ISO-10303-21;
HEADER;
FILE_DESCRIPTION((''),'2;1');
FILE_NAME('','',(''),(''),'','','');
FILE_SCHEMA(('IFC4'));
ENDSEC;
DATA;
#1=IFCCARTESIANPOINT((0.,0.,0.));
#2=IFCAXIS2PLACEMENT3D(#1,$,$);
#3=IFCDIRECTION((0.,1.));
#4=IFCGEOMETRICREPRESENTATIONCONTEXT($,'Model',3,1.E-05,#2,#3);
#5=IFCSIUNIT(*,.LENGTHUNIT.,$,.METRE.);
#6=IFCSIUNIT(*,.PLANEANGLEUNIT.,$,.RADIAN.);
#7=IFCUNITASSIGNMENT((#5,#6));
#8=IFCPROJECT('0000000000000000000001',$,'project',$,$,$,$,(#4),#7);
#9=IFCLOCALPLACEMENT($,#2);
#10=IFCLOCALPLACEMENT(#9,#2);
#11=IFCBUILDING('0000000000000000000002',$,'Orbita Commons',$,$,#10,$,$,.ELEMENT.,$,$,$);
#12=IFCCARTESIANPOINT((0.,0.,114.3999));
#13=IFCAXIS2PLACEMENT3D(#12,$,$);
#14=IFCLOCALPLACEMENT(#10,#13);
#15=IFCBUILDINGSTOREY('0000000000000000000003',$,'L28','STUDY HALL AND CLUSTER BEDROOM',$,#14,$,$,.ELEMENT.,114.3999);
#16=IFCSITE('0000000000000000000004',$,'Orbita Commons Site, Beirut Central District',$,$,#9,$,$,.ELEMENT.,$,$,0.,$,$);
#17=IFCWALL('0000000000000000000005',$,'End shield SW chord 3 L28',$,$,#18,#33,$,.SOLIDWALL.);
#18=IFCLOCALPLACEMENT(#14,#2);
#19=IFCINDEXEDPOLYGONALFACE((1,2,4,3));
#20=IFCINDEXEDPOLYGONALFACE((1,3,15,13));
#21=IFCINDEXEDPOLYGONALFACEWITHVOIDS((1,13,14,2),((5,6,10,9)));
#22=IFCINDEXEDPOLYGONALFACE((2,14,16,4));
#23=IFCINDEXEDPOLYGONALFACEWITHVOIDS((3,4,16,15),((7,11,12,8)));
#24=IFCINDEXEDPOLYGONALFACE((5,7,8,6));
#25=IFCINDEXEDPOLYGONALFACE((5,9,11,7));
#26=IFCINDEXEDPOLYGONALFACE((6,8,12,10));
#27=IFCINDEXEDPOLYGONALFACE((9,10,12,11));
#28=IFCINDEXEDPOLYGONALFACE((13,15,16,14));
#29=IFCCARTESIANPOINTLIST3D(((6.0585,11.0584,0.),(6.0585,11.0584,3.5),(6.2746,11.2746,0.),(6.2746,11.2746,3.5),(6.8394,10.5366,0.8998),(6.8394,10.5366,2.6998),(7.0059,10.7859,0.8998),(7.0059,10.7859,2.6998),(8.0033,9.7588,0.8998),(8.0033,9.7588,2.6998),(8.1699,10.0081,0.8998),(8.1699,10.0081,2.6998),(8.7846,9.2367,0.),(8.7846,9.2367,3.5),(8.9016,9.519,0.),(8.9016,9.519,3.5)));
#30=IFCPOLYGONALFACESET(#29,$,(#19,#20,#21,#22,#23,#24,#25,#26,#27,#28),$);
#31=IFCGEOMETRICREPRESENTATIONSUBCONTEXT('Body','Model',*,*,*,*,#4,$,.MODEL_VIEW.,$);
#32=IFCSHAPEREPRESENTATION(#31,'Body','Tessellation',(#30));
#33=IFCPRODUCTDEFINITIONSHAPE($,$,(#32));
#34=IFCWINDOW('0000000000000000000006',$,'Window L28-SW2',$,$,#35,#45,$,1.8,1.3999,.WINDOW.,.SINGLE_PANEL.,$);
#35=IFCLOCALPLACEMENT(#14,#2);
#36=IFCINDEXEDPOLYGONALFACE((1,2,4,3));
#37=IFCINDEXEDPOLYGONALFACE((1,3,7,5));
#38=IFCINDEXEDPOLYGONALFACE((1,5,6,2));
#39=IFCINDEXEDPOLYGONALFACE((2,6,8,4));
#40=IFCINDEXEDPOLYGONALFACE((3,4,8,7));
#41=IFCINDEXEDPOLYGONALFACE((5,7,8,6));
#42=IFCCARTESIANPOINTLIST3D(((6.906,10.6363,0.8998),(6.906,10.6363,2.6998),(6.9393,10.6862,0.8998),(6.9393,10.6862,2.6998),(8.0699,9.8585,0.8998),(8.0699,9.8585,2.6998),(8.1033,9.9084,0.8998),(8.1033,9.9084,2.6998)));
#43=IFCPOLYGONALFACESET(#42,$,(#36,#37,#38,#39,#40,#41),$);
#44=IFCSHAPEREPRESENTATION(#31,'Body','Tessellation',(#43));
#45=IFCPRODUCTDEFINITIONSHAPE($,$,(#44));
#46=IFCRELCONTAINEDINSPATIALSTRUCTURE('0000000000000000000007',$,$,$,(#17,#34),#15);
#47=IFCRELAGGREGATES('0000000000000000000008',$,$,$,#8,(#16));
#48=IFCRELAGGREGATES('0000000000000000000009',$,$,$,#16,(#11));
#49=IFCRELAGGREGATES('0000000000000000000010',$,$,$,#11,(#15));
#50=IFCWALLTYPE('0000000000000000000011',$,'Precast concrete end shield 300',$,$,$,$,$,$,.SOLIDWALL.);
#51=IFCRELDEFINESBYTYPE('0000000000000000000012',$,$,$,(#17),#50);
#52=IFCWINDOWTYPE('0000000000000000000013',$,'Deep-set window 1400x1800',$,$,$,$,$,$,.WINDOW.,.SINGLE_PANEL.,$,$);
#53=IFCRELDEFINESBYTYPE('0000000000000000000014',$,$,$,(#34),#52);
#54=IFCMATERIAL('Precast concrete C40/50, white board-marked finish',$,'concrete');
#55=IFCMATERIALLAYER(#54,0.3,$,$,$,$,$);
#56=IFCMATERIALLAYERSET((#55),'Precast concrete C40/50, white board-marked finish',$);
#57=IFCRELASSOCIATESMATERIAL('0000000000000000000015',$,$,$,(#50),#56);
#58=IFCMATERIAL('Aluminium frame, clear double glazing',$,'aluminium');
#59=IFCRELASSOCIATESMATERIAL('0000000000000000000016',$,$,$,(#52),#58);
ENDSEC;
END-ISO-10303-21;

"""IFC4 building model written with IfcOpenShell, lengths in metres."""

from ifc_helpers import new_model, si_unit, direction, frame, frame_2d, origin, place, context, subcontext, project, spatial, polyline, rectangle, outline, extrude, material, layer, layer_set, type_object, element, fill, save


model = new_model("IFC4")

# Units and contexts
model_context = context("Model", 3, precision=1e-05, world=origin(), true_north=direction((0.0, 1.0)))
body_context = subcontext(model_context, "Body", "Model", "MODEL_VIEW")
ifc_project = project(units=[si_unit("LENGTHUNIT", "METRE"), si_unit("PLANEANGLEUNIT", "RADIAN")], contexts=[model_context])

# Site, building, storey
site_placement = place(None, origin())
site = spatial("IfcSite", under=ifc_project, at=site_placement, Name="Orbita Commons Site, Beirut Central District", CompositionType="ELEMENT", RefElevation=0.0)
building_placement = place(site_placement, origin())
building = spatial("IfcBuilding", under=site, at=building_placement, Name="Orbita Commons", CompositionType="ELEMENT")
storey_placement = place(building_placement, frame((0.0, 0.0, 114.3999)))
storey = spatial("IfcBuildingStorey", under=building, at=storey_placement, Name="L28", Description="STUDY HALL AND CLUSTER BEDROOM", CompositionType="ELEMENT", Elevation=114.3999)

# Wall, opening, window
ifc_material_1 = material(Name="Precast concrete C40/50, white board-marked finish", Category="concrete")
ifc_layer_1 = layer(ifc_material_1, 0.3)
ifc_layer_set_1 = layer_set([ifc_layer_1], Name="Precast concrete C40/50, white board-marked finish")
wall_type_1 = type_object("IfcWallType", Name="Precast concrete end shield 300", PredefinedType="SOLIDWALL", material=ifc_layer_set_1)
ifc_material_2 = material(Name="Aluminium frame, clear double glazing", Category="aluminium")
window_type = type_object("IfcWindowType", Name="Deep-set window 1400x1800", PartitioningType="SINGLE_PANEL", PredefinedType="WINDOW", material=ifc_material_2)
wall_1_placement = place(storey_placement, frame((6.1665, 11.1665, 0.0), z_axis=(0.0, 0.0, 1.0), x_axis=(0.831443, -0.55561, 0.0)))
wall_1 = element("IfcWall", 1, at=wall_1_placement, inside=storey, type_object=wall_type_1, Name="End shield SW chord 3 L28", PredefinedType="SOLIDWALL", context=body_context, shape_type="SweptSolid", body=[
    extrude(outline(polyline([(-0.0298, -0.1499), (3.249, -0.1499), (3.1895, 0.1499), (0.0298, 0.1499), (-0.0298, -0.1499)])), origin(), (0.0, 0.0, 1.0), 3.5),
])
opening_1_placement = place(wall_1_placement, frame((0.9094, 0.0, 0.8999)))
opening_1 = element("IfcOpeningElement", 2, at=opening_1_placement, cuts=wall_1, PredefinedType="OPENING", context=body_context, shape_type="SweptSolid", body=[
    extrude(rectangle(XDim=1.3999, YDim=1.8, at=frame_2d((0.7, 0.8999))), frame((0.0, 0.1599, 0.0), z_axis=(0.0, -1.0, 0.0), x_axis=(1.0, 0.0, 0.0)), (0.0, 0.0, 1.0), 0.3201),
])
window_1_placement = place(opening_1_placement, origin())
window_1 = element("IfcWindow", 3, at=window_1_placement, inside=storey, type_object=window_type, Name="Window L28-SW2", OverallHeight=1.8, OverallWidth=1.3999, PartitioningType="SINGLE_PANEL", PredefinedType="WINDOW", context=body_context, shape_type="SweptSolid", body=[
    extrude(rectangle(XDim=1.3999, YDim=1.8, at=frame_2d((0.7, 0.8999))), frame((0.0, 0.03, 0.0), z_axis=(0.0, -1.0, 0.0), x_axis=(1.0, 0.0, 0.0)), (0.0, 0.0, 1.0), 0.0601),
])
fill(opening_1, window_1)

save(model, "model.ifc")
